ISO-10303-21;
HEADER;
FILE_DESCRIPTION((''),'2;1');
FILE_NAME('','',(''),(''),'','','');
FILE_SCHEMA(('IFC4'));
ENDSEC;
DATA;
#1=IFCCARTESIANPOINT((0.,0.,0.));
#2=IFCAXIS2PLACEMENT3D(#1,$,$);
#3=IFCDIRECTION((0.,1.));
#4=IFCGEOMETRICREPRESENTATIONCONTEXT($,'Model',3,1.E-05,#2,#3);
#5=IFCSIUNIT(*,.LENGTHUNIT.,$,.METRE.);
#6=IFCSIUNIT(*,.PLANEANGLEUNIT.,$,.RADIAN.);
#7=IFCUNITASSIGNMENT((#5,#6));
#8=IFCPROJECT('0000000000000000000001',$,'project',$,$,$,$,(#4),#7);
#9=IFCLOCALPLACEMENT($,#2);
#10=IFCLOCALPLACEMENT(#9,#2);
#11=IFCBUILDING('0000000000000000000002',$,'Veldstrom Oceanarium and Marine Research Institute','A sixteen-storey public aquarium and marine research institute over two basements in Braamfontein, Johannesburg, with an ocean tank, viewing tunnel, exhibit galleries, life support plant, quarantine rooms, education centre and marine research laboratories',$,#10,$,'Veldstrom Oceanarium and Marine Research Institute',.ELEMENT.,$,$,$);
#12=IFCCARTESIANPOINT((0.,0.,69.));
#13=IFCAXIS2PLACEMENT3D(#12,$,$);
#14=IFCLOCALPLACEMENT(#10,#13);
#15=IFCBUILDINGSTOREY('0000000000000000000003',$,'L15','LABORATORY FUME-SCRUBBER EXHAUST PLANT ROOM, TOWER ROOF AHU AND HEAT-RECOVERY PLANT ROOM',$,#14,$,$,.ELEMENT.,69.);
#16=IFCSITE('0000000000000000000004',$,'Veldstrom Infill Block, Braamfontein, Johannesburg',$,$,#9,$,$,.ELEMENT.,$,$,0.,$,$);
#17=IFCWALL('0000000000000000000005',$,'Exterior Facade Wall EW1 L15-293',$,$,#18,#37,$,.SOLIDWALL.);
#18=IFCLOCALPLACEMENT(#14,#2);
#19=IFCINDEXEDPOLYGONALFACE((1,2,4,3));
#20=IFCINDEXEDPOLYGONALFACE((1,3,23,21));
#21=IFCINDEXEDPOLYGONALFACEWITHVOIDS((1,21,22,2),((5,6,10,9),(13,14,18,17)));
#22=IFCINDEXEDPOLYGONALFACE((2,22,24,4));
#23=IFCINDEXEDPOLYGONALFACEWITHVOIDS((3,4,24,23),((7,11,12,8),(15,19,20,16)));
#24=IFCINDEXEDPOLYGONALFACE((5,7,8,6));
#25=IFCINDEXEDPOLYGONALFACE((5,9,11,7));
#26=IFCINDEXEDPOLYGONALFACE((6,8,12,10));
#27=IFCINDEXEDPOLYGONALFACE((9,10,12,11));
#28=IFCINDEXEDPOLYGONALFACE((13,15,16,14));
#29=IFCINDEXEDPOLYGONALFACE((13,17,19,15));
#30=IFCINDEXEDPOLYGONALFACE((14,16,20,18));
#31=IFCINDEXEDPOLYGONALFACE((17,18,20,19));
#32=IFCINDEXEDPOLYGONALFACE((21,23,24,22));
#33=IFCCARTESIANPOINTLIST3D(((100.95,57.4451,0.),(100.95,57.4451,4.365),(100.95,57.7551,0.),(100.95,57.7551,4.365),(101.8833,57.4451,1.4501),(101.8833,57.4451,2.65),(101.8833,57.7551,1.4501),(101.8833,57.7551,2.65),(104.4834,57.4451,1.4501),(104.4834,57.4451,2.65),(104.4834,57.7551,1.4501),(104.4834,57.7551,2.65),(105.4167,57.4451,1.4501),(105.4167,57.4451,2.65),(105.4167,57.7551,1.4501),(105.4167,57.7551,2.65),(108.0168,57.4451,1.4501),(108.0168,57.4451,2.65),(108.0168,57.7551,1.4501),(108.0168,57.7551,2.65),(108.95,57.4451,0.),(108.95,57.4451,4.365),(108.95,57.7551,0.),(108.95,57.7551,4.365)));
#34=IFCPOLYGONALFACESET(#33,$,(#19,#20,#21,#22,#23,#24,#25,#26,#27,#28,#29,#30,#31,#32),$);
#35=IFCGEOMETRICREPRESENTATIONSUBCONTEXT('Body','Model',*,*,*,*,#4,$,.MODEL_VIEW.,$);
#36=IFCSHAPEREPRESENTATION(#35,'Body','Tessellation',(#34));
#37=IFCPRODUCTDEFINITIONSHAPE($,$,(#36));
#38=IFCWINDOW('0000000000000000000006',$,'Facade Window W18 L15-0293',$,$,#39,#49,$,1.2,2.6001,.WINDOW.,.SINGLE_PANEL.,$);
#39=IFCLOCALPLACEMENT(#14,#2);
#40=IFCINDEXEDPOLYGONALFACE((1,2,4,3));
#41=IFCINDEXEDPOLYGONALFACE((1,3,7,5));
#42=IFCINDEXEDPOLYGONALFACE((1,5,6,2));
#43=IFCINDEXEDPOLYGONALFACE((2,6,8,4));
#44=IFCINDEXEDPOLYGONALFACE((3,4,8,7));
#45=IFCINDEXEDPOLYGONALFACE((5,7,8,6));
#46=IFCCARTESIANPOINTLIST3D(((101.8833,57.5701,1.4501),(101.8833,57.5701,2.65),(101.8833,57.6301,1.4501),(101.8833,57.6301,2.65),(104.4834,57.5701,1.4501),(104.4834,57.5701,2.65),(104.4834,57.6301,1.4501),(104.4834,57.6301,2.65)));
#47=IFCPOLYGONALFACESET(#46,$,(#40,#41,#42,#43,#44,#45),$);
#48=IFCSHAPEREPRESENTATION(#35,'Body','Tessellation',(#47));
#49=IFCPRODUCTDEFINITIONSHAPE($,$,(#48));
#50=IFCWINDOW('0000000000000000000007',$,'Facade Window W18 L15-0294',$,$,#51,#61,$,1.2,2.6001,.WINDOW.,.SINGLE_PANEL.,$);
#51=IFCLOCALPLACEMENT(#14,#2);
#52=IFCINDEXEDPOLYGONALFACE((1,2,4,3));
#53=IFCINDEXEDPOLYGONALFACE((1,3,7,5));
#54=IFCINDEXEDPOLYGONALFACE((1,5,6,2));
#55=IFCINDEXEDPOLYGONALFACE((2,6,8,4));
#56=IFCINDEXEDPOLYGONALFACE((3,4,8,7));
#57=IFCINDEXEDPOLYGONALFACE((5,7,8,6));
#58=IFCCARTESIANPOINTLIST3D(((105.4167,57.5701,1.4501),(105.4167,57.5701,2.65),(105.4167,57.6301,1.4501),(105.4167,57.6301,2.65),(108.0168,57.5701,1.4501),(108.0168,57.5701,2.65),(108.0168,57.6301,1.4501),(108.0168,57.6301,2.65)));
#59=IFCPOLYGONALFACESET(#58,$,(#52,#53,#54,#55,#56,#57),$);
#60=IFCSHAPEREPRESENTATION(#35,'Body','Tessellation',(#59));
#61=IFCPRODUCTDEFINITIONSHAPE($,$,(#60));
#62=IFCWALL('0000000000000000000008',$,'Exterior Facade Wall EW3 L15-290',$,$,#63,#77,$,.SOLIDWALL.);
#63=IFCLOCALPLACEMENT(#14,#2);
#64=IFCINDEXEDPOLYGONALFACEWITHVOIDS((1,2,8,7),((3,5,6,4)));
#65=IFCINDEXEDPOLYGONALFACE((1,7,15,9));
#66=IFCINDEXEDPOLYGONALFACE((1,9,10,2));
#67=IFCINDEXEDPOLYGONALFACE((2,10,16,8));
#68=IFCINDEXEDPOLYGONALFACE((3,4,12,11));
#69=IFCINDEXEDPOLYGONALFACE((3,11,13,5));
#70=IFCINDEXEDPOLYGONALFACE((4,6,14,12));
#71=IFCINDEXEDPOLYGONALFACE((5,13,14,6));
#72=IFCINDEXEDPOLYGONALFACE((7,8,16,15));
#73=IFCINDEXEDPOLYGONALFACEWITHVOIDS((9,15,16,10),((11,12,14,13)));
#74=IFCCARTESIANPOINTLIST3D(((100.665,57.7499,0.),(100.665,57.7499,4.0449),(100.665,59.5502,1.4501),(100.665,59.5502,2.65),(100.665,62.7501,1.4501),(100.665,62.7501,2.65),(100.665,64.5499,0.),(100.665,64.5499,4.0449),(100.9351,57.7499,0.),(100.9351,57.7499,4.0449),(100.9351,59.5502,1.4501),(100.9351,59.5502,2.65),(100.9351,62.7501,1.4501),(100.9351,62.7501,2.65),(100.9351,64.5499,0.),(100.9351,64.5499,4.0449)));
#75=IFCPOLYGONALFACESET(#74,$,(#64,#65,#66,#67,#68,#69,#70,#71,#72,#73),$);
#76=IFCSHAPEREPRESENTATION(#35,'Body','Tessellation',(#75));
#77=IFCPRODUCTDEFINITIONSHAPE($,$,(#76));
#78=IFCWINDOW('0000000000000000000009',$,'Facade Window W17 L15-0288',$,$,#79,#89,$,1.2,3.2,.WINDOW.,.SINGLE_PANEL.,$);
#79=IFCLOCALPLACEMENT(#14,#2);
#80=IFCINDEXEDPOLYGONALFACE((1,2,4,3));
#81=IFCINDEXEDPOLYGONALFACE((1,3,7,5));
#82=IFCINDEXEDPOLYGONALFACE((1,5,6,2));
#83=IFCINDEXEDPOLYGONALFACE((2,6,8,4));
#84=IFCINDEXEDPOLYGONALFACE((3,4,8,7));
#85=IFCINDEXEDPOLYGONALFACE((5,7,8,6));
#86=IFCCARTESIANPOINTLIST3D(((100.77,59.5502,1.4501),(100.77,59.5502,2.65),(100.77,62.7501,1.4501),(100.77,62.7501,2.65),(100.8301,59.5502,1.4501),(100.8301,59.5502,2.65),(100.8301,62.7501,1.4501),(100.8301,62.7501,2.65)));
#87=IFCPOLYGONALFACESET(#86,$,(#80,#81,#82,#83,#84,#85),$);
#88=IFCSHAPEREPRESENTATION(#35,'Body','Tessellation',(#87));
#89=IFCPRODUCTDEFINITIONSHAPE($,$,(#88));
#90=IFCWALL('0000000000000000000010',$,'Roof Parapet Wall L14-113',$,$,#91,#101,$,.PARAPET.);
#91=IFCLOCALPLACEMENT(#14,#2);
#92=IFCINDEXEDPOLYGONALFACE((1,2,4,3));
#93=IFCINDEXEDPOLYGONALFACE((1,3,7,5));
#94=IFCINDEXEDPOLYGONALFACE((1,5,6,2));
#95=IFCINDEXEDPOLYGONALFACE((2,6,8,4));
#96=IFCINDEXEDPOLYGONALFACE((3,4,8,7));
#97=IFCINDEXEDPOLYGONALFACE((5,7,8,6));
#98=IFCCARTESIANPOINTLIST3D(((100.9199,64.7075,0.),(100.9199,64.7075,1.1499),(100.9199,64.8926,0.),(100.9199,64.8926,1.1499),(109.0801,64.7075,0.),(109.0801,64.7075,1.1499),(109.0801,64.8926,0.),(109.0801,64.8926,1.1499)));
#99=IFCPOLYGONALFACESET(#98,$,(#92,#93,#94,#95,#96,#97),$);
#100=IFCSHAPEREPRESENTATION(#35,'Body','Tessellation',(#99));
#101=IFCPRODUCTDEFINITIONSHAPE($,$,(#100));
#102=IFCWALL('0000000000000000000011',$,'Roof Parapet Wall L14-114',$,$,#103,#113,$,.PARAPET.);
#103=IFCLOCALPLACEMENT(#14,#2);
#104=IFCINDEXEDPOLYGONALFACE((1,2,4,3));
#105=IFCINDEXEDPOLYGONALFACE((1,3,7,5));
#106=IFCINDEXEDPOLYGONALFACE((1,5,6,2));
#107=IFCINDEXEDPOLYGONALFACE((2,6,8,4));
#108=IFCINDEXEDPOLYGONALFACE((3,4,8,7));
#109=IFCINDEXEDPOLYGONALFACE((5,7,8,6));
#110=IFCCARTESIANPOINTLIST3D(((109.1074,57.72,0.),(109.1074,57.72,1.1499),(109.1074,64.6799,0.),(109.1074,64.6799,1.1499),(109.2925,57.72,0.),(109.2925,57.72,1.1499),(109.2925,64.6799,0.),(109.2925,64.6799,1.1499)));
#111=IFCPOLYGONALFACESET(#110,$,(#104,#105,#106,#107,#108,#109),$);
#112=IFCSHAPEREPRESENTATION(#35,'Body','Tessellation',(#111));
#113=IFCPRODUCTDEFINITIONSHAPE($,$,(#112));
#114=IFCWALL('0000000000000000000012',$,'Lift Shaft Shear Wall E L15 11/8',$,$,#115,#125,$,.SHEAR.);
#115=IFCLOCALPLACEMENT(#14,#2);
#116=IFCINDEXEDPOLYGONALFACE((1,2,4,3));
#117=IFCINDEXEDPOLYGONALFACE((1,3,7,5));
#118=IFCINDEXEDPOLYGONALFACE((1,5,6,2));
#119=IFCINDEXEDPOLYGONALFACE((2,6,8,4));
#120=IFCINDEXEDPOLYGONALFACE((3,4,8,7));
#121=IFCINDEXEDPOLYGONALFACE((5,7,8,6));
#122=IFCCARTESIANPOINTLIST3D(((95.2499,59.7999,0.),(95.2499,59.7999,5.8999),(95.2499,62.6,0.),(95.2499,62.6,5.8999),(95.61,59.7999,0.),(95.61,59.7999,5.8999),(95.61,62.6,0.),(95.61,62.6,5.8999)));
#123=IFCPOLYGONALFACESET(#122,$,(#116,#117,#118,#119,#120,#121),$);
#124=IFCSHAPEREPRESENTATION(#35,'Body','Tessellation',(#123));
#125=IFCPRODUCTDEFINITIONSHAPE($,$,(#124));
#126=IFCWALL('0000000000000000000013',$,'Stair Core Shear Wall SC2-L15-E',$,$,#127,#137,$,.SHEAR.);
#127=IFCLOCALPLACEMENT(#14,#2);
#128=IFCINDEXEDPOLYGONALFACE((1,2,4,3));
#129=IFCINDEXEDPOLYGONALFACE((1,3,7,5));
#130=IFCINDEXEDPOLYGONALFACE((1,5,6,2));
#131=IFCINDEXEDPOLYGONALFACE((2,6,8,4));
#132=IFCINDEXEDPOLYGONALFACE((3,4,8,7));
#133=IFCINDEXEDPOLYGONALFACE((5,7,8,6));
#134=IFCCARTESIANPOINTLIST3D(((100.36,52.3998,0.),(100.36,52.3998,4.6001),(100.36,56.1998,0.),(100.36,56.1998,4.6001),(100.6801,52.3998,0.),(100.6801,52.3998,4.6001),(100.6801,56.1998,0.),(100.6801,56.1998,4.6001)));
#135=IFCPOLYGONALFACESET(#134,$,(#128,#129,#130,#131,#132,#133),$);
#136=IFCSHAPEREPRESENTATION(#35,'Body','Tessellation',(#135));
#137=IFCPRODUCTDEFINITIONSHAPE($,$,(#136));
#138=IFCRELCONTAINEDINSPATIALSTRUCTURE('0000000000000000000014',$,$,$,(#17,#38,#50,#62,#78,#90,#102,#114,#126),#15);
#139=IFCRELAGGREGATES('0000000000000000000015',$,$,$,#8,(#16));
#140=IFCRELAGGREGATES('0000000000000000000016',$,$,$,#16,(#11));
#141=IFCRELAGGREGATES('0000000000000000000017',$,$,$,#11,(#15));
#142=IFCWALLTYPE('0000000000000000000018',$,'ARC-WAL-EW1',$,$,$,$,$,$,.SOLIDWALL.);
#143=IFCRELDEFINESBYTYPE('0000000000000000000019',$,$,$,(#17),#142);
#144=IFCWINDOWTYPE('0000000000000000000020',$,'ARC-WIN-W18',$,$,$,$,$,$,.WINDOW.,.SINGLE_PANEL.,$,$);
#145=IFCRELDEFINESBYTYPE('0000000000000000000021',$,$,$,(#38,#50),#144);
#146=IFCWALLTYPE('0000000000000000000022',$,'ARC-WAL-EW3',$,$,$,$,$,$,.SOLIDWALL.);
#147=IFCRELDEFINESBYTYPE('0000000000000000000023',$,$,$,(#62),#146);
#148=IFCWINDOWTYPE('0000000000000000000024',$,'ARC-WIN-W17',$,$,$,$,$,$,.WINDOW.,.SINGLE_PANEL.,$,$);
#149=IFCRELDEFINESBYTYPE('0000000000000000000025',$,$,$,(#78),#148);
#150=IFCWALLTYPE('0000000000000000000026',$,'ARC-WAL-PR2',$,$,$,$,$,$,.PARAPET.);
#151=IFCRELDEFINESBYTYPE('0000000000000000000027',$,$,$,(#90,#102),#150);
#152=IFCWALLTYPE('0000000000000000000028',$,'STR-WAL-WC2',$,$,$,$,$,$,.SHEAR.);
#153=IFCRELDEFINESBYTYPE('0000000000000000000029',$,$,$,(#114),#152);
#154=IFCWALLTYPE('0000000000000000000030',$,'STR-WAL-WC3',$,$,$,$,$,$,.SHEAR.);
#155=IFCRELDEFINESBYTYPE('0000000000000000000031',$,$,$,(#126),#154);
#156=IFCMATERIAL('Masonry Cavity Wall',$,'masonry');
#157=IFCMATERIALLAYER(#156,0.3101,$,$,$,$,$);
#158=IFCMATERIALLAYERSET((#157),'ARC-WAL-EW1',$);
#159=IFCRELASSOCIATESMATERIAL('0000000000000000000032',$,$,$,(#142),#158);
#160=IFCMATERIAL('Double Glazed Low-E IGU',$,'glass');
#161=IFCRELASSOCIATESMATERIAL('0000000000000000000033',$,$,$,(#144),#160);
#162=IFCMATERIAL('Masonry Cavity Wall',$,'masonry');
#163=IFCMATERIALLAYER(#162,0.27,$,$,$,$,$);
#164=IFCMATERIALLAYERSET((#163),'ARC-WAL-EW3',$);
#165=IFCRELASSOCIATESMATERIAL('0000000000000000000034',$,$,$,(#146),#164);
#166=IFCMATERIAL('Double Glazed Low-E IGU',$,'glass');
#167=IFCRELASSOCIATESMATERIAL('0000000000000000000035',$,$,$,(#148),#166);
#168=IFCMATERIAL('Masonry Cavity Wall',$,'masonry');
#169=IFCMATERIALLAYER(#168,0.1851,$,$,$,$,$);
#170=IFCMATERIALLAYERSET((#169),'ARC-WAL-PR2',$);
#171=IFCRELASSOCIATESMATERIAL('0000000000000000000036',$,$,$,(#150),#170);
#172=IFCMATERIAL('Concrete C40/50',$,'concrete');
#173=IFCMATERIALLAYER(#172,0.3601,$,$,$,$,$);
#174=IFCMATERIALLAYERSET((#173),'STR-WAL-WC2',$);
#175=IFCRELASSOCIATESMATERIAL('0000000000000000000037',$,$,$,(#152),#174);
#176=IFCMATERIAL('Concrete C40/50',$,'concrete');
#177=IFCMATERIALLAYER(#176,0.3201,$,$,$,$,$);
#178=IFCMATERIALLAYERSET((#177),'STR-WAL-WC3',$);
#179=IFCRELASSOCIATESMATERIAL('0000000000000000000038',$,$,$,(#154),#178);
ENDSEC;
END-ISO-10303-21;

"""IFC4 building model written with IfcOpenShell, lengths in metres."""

from ifc_helpers import new_model, si_unit, direction, frame, frame_2d, origin, place, context, subcontext, project, spatial, rectangle, extrude, material, layer, layer_set, type_object, element, fill, save


model = new_model("IFC4")

# Units and contexts
model_context = context("Model", 3, precision=1e-05, world=origin(), true_north=direction((0.0, 1.0)))
body_context = subcontext(model_context, "Body", "Model", "MODEL_VIEW")
ifc_project = project(units=[si_unit("LENGTHUNIT", "METRE"), si_unit("PLANEANGLEUNIT", "RADIAN")], contexts=[model_context])

# Site, building, storey
site_placement = place(None, origin())
site = spatial("IfcSite", under=ifc_project, at=site_placement, Name="Veldstrom Infill Block, Braamfontein, Johannesburg", CompositionType="ELEMENT", RefElevation=0.0)
building_placement = place(site_placement, origin())
building = spatial("IfcBuilding", under=site, at=building_placement, Name="Veldstrom Oceanarium and Marine Research Institute", Description="A sixteen-storey public aquarium and marine research institute over two basements in Braamfontein, Johannesburg, with an ocean tank, viewing tunnel, exhibit galleries, life support plant, quarantine rooms, education centre and marine research laboratories", LongName="Veldstrom Oceanarium and Marine Research Institute", CompositionType="ELEMENT")
storey_placement = place(building_placement, frame((0.0, 0.0, 69.0)))
storey = spatial("IfcBuildingStorey", under=building, at=storey_placement, Name="L15", Description="LABORATORY FUME-SCRUBBER EXHAUST PLANT ROOM, TOWER ROOF AHU AND HEAT-RECOVERY PLANT ROOM", CompositionType="ELEMENT", Elevation=69.0)

# Wall, openings, windows
ifc_material_1 = material(Name="Masonry Cavity Wall", Category="masonry")
ifc_layer_1 = layer(ifc_material_1, 0.3101)
ifc_layer_set_1 = layer_set([ifc_layer_1], Name="ARC-WAL-EW1")
wall_type_1 = type_object("IfcWallType", Name="ARC-WAL-EW1", PredefinedType="SOLIDWALL", material=ifc_layer_set_1)
wall_1_placement = place(storey_placement, frame((100.95, 57.6001, 0.0), z_axis=(0.0, 0.0, 1.0), x_axis=(1.0, 0.0, 0.0)))
wall_1 = element("IfcWall", 1, at=wall_1_placement, inside=storey, type_object=wall_type_1, Name="Exterior Facade Wall EW1 L15-293", PredefinedType="SOLIDWALL", context=body_context, shape_type="SweptSolid", body=[
    extrude(rectangle(XDim=8.0, YDim=0.3101, at=frame_2d((4.0, 0.0))), origin(), (0.0, 0.0, 1.0), 4.365),
])
opening_1_placement = place(wall_1_placement, frame((0.9333, 0.0, 1.45)))
opening_1 = element("IfcOpeningElement", 2, at=opening_1_placement, cuts=wall_1, PredefinedType="OPENING", context=body_context, shape_type="SweptSolid", body=[
    extrude(rectangle(XDim=2.6001, YDim=1.2, at=frame_2d((1.3, 0.6001))), frame((0.0, 0.165, 0.0), z_axis=(0.0, -1.0, 0.0), x_axis=(1.0, 0.0, 0.0)), (0.0, 0.0, 1.0), 0.3301),
])
opening_2_placement = place(wall_1_placement, frame((4.4668, 0.0, 1.45)))
opening_2 = element("IfcOpeningElement", 3, at=opening_2_placement, cuts=wall_1, PredefinedType="OPENING", context=body_context, shape_type="SweptSolid", body=[
    extrude(rectangle(XDim=2.6001, YDim=1.2, at=frame_2d((1.3, 0.6001))), frame((0.0, 0.165, 0.0), z_axis=(0.0, -1.0, 0.0), x_axis=(1.0, 0.0, 0.0)), (0.0, 0.0, 1.0), 0.3301),
])
ifc_material_2 = material(Name="Double Glazed Low-E IGU", Category="glass")
window_type_1 = type_object("IfcWindowType", Name="ARC-WIN-W18", PartitioningType="SINGLE_PANEL", PredefinedType="WINDOW", material=ifc_material_2)
window_1_placement = place(opening_1_placement, origin())
window_1 = element("IfcWindow", 4, at=window_1_placement, inside=storey, type_object=window_type_1, Name="Facade Window W18 L15-0293", OverallHeight=1.2, OverallWidth=2.6001, PartitioningType="SINGLE_PANEL", PredefinedType="WINDOW", context=body_context, shape_type="SweptSolid", body=[
    extrude(rectangle(XDim=2.6001, YDim=1.2, at=frame_2d((1.3, 0.6001))), frame((0.0, 0.03, 0.0), z_axis=(0.0, -1.0, 0.0), x_axis=(1.0, 0.0, 0.0)), (0.0, 0.0, 1.0), 0.0601),
])
fill(opening_1, window_1)
window_2_placement = place(opening_2_placement, origin())
window_2 = element("IfcWindow", 5, at=window_2_placement, inside=storey, type_object=window_type_1, Name="Facade Window W18 L15-0294", OverallHeight=1.2, OverallWidth=2.6001, PartitioningType="SINGLE_PANEL", PredefinedType="WINDOW", context=body_context, shape_type="SweptSolid", body=[
    extrude(rectangle(XDim=2.6001, YDim=1.2, at=frame_2d((1.3, 0.6001))), frame((0.0, 0.03, 0.0), z_axis=(0.0, -1.0, 0.0), x_axis=(1.0, 0.0, 0.0)), (0.0, 0.0, 1.0), 0.0601),
])
fill(opening_2, window_2)

# Wall, opening, window
ifc_material_3 = material(Name="Masonry Cavity Wall", Category="masonry")
ifc_layer_2 = layer(ifc_material_3, 0.27)
ifc_layer_set_2 = layer_set([ifc_layer_2], Name="ARC-WAL-EW3")
wall_type_2 = type_object("IfcWallType", Name="ARC-WAL-EW3", PredefinedType="SOLIDWALL", material=ifc_layer_set_2)
wall_2_placement = place(storey_placement, frame((100.8, 57.75, 0.0), z_axis=(0.0, 0.0, 1.0), x_axis=(0.0, 1.0, 0.0)))
wall_2 = element("IfcWall", 6, at=wall_2_placement, inside=storey, type_object=wall_type_2, Name="Exterior Facade Wall EW3 L15-290", PredefinedType="SOLIDWALL", context=body_context, shape_type="SweptSolid", body=[
    extrude(rectangle(XDim=6.8, YDim=0.27, at=frame_2d((3.3999, 0.0))), origin(), (0.0, 0.0, 1.0), 4.0449),
])
opening_3_placement = place(wall_2_placement, frame((1.8, 0.0, 1.45)))
opening_3 = element("IfcOpeningElement", 7, at=opening_3_placement, cuts=wall_2, PredefinedType="OPENING", context=body_context, shape_type="SweptSolid", body=[
    extrude(rectangle(XDim=3.2, YDim=1.2, at=frame_2d((1.6001, 0.6001))), frame((0.0, 0.145, 0.0), z_axis=(0.0, -1.0, 0.0), x_axis=(1.0, 0.0, 0.0)), (0.0, 0.0, 1.0), 0.29),
])
ifc_material_4 = material(Name="Double Glazed Low-E IGU", Category="glass")
window_type_2 = type_object("IfcWindowType", Name="ARC-WIN-W17", PartitioningType="SINGLE_PANEL", PredefinedType="WINDOW", material=ifc_material_4)
window_3_placement = place(opening_3_placement, origin())
window_3 = element("IfcWindow", 8, at=window_3_placement, inside=storey, type_object=window_type_2, Name="Facade Window W17 L15-0288", OverallHeight=1.2, OverallWidth=3.2, PartitioningType="SINGLE_PANEL", PredefinedType="WINDOW", context=body_context, shape_type="SweptSolid", body=[
    extrude(rectangle(XDim=3.2, YDim=1.2, at=frame_2d((1.6001, 0.6001))), frame((0.0, 0.03, 0.0), z_axis=(0.0, -1.0, 0.0), x_axis=(1.0, 0.0, 0.0)), (0.0, 0.0, 1.0), 0.0601),
])
fill(opening_3, window_3)

# Walls
ifc_material_5 = material(Name="Masonry Cavity Wall", Category="masonry")
ifc_layer_3 = layer(ifc_material_5, 0.1851)
ifc_layer_set_3 = layer_set([ifc_layer_3], Name="ARC-WAL-PR2")
wall_type_3 = type_object("IfcWallType", Name="ARC-WAL-PR2", PredefinedType="PARAPET", material=ifc_layer_set_3)
wall_3_placement = place(storey_placement, frame((100.9199, 64.8, 0.0), z_axis=(0.0, 0.0, 1.0), x_axis=(1.0, 0.0, 0.0)))
element("IfcWall", 9, at=wall_3_placement, inside=storey, type_object=wall_type_3, Name="Roof Parapet Wall L14-113", PredefinedType="PARAPET", context=body_context, shape_type="SweptSolid", body=[
    extrude(rectangle(XDim=8.1602, YDim=0.1851, at=frame_2d((4.0801, 0.0))), origin(), (0.0, 0.0, 1.0), 1.1499),
])
wall_4_placement = place(storey_placement, frame((109.2, 57.72, 0.0), z_axis=(0.0, 0.0, 1.0), x_axis=(0.0, 1.0, 0.0)))
element("IfcWall", 10, at=wall_4_placement, inside=storey, type_object=wall_type_3, Name="Roof Parapet Wall L14-114", PredefinedType="PARAPET", context=body_context, shape_type="SweptSolid", body=[
    extrude(rectangle(XDim=6.96, YDim=0.1851, at=frame_2d((3.48, 0.0))), origin(), (0.0, 0.0, 1.0), 1.1499),
])
ifc_material_6 = material(Name="Concrete C40/50", Category="concrete")
ifc_layer_4 = layer(ifc_material_6, 0.3601)
ifc_layer_set_4 = layer_set([ifc_layer_4], Name="STR-WAL-WC2")
wall_type_4 = type_object("IfcWallType", Name="STR-WAL-WC2", PredefinedType="SHEAR", material=ifc_layer_set_4)
wall_5_placement = place(storey_placement, frame((95.4299, 59.8, 0.0), z_axis=(0.0, 0.0, 1.0), x_axis=(0.0, 1.0, 0.0)))
element("IfcWall", 11, at=wall_5_placement, inside=storey, type_object=wall_type_4, Name="Lift Shaft Shear Wall E L15 11/8", PredefinedType="SHEAR", context=body_context, shape_type="SweptSolid", body=[
    extrude(rectangle(XDim=2.8, YDim=0.3601, at=frame_2d((1.3999, 0.0))), origin(), (0.0, 0.0, 1.0), 5.8999),
])
ifc_material_7 = material(Name="Concrete C40/50", Category="concrete")
ifc_layer_5 = layer(ifc_material_7, 0.3201)
ifc_layer_set_5 = layer_set([ifc_layer_5], Name="STR-WAL-WC3")
wall_type_5 = type_object("IfcWallType", Name="STR-WAL-WC3", PredefinedType="SHEAR", material=ifc_layer_set_5)
wall_6_placement = place(storey_placement, frame((100.52, 52.3999, 0.0), z_axis=(0.0, 0.0, 1.0), x_axis=(0.0, 1.0, 0.0)))
element("IfcWall", 12, at=wall_6_placement, inside=storey, type_object=wall_type_5, Name="Stair Core Shear Wall SC2-L15-E", PredefinedType="SHEAR", context=body_context, shape_type="SweptSolid", body=[
    extrude(rectangle(XDim=3.8, YDim=0.3201, at=frame_2d((1.8999, 0.0))), origin(), (0.0, 0.0, 1.0), 4.6001),
])

save(model, "model.ifc")
